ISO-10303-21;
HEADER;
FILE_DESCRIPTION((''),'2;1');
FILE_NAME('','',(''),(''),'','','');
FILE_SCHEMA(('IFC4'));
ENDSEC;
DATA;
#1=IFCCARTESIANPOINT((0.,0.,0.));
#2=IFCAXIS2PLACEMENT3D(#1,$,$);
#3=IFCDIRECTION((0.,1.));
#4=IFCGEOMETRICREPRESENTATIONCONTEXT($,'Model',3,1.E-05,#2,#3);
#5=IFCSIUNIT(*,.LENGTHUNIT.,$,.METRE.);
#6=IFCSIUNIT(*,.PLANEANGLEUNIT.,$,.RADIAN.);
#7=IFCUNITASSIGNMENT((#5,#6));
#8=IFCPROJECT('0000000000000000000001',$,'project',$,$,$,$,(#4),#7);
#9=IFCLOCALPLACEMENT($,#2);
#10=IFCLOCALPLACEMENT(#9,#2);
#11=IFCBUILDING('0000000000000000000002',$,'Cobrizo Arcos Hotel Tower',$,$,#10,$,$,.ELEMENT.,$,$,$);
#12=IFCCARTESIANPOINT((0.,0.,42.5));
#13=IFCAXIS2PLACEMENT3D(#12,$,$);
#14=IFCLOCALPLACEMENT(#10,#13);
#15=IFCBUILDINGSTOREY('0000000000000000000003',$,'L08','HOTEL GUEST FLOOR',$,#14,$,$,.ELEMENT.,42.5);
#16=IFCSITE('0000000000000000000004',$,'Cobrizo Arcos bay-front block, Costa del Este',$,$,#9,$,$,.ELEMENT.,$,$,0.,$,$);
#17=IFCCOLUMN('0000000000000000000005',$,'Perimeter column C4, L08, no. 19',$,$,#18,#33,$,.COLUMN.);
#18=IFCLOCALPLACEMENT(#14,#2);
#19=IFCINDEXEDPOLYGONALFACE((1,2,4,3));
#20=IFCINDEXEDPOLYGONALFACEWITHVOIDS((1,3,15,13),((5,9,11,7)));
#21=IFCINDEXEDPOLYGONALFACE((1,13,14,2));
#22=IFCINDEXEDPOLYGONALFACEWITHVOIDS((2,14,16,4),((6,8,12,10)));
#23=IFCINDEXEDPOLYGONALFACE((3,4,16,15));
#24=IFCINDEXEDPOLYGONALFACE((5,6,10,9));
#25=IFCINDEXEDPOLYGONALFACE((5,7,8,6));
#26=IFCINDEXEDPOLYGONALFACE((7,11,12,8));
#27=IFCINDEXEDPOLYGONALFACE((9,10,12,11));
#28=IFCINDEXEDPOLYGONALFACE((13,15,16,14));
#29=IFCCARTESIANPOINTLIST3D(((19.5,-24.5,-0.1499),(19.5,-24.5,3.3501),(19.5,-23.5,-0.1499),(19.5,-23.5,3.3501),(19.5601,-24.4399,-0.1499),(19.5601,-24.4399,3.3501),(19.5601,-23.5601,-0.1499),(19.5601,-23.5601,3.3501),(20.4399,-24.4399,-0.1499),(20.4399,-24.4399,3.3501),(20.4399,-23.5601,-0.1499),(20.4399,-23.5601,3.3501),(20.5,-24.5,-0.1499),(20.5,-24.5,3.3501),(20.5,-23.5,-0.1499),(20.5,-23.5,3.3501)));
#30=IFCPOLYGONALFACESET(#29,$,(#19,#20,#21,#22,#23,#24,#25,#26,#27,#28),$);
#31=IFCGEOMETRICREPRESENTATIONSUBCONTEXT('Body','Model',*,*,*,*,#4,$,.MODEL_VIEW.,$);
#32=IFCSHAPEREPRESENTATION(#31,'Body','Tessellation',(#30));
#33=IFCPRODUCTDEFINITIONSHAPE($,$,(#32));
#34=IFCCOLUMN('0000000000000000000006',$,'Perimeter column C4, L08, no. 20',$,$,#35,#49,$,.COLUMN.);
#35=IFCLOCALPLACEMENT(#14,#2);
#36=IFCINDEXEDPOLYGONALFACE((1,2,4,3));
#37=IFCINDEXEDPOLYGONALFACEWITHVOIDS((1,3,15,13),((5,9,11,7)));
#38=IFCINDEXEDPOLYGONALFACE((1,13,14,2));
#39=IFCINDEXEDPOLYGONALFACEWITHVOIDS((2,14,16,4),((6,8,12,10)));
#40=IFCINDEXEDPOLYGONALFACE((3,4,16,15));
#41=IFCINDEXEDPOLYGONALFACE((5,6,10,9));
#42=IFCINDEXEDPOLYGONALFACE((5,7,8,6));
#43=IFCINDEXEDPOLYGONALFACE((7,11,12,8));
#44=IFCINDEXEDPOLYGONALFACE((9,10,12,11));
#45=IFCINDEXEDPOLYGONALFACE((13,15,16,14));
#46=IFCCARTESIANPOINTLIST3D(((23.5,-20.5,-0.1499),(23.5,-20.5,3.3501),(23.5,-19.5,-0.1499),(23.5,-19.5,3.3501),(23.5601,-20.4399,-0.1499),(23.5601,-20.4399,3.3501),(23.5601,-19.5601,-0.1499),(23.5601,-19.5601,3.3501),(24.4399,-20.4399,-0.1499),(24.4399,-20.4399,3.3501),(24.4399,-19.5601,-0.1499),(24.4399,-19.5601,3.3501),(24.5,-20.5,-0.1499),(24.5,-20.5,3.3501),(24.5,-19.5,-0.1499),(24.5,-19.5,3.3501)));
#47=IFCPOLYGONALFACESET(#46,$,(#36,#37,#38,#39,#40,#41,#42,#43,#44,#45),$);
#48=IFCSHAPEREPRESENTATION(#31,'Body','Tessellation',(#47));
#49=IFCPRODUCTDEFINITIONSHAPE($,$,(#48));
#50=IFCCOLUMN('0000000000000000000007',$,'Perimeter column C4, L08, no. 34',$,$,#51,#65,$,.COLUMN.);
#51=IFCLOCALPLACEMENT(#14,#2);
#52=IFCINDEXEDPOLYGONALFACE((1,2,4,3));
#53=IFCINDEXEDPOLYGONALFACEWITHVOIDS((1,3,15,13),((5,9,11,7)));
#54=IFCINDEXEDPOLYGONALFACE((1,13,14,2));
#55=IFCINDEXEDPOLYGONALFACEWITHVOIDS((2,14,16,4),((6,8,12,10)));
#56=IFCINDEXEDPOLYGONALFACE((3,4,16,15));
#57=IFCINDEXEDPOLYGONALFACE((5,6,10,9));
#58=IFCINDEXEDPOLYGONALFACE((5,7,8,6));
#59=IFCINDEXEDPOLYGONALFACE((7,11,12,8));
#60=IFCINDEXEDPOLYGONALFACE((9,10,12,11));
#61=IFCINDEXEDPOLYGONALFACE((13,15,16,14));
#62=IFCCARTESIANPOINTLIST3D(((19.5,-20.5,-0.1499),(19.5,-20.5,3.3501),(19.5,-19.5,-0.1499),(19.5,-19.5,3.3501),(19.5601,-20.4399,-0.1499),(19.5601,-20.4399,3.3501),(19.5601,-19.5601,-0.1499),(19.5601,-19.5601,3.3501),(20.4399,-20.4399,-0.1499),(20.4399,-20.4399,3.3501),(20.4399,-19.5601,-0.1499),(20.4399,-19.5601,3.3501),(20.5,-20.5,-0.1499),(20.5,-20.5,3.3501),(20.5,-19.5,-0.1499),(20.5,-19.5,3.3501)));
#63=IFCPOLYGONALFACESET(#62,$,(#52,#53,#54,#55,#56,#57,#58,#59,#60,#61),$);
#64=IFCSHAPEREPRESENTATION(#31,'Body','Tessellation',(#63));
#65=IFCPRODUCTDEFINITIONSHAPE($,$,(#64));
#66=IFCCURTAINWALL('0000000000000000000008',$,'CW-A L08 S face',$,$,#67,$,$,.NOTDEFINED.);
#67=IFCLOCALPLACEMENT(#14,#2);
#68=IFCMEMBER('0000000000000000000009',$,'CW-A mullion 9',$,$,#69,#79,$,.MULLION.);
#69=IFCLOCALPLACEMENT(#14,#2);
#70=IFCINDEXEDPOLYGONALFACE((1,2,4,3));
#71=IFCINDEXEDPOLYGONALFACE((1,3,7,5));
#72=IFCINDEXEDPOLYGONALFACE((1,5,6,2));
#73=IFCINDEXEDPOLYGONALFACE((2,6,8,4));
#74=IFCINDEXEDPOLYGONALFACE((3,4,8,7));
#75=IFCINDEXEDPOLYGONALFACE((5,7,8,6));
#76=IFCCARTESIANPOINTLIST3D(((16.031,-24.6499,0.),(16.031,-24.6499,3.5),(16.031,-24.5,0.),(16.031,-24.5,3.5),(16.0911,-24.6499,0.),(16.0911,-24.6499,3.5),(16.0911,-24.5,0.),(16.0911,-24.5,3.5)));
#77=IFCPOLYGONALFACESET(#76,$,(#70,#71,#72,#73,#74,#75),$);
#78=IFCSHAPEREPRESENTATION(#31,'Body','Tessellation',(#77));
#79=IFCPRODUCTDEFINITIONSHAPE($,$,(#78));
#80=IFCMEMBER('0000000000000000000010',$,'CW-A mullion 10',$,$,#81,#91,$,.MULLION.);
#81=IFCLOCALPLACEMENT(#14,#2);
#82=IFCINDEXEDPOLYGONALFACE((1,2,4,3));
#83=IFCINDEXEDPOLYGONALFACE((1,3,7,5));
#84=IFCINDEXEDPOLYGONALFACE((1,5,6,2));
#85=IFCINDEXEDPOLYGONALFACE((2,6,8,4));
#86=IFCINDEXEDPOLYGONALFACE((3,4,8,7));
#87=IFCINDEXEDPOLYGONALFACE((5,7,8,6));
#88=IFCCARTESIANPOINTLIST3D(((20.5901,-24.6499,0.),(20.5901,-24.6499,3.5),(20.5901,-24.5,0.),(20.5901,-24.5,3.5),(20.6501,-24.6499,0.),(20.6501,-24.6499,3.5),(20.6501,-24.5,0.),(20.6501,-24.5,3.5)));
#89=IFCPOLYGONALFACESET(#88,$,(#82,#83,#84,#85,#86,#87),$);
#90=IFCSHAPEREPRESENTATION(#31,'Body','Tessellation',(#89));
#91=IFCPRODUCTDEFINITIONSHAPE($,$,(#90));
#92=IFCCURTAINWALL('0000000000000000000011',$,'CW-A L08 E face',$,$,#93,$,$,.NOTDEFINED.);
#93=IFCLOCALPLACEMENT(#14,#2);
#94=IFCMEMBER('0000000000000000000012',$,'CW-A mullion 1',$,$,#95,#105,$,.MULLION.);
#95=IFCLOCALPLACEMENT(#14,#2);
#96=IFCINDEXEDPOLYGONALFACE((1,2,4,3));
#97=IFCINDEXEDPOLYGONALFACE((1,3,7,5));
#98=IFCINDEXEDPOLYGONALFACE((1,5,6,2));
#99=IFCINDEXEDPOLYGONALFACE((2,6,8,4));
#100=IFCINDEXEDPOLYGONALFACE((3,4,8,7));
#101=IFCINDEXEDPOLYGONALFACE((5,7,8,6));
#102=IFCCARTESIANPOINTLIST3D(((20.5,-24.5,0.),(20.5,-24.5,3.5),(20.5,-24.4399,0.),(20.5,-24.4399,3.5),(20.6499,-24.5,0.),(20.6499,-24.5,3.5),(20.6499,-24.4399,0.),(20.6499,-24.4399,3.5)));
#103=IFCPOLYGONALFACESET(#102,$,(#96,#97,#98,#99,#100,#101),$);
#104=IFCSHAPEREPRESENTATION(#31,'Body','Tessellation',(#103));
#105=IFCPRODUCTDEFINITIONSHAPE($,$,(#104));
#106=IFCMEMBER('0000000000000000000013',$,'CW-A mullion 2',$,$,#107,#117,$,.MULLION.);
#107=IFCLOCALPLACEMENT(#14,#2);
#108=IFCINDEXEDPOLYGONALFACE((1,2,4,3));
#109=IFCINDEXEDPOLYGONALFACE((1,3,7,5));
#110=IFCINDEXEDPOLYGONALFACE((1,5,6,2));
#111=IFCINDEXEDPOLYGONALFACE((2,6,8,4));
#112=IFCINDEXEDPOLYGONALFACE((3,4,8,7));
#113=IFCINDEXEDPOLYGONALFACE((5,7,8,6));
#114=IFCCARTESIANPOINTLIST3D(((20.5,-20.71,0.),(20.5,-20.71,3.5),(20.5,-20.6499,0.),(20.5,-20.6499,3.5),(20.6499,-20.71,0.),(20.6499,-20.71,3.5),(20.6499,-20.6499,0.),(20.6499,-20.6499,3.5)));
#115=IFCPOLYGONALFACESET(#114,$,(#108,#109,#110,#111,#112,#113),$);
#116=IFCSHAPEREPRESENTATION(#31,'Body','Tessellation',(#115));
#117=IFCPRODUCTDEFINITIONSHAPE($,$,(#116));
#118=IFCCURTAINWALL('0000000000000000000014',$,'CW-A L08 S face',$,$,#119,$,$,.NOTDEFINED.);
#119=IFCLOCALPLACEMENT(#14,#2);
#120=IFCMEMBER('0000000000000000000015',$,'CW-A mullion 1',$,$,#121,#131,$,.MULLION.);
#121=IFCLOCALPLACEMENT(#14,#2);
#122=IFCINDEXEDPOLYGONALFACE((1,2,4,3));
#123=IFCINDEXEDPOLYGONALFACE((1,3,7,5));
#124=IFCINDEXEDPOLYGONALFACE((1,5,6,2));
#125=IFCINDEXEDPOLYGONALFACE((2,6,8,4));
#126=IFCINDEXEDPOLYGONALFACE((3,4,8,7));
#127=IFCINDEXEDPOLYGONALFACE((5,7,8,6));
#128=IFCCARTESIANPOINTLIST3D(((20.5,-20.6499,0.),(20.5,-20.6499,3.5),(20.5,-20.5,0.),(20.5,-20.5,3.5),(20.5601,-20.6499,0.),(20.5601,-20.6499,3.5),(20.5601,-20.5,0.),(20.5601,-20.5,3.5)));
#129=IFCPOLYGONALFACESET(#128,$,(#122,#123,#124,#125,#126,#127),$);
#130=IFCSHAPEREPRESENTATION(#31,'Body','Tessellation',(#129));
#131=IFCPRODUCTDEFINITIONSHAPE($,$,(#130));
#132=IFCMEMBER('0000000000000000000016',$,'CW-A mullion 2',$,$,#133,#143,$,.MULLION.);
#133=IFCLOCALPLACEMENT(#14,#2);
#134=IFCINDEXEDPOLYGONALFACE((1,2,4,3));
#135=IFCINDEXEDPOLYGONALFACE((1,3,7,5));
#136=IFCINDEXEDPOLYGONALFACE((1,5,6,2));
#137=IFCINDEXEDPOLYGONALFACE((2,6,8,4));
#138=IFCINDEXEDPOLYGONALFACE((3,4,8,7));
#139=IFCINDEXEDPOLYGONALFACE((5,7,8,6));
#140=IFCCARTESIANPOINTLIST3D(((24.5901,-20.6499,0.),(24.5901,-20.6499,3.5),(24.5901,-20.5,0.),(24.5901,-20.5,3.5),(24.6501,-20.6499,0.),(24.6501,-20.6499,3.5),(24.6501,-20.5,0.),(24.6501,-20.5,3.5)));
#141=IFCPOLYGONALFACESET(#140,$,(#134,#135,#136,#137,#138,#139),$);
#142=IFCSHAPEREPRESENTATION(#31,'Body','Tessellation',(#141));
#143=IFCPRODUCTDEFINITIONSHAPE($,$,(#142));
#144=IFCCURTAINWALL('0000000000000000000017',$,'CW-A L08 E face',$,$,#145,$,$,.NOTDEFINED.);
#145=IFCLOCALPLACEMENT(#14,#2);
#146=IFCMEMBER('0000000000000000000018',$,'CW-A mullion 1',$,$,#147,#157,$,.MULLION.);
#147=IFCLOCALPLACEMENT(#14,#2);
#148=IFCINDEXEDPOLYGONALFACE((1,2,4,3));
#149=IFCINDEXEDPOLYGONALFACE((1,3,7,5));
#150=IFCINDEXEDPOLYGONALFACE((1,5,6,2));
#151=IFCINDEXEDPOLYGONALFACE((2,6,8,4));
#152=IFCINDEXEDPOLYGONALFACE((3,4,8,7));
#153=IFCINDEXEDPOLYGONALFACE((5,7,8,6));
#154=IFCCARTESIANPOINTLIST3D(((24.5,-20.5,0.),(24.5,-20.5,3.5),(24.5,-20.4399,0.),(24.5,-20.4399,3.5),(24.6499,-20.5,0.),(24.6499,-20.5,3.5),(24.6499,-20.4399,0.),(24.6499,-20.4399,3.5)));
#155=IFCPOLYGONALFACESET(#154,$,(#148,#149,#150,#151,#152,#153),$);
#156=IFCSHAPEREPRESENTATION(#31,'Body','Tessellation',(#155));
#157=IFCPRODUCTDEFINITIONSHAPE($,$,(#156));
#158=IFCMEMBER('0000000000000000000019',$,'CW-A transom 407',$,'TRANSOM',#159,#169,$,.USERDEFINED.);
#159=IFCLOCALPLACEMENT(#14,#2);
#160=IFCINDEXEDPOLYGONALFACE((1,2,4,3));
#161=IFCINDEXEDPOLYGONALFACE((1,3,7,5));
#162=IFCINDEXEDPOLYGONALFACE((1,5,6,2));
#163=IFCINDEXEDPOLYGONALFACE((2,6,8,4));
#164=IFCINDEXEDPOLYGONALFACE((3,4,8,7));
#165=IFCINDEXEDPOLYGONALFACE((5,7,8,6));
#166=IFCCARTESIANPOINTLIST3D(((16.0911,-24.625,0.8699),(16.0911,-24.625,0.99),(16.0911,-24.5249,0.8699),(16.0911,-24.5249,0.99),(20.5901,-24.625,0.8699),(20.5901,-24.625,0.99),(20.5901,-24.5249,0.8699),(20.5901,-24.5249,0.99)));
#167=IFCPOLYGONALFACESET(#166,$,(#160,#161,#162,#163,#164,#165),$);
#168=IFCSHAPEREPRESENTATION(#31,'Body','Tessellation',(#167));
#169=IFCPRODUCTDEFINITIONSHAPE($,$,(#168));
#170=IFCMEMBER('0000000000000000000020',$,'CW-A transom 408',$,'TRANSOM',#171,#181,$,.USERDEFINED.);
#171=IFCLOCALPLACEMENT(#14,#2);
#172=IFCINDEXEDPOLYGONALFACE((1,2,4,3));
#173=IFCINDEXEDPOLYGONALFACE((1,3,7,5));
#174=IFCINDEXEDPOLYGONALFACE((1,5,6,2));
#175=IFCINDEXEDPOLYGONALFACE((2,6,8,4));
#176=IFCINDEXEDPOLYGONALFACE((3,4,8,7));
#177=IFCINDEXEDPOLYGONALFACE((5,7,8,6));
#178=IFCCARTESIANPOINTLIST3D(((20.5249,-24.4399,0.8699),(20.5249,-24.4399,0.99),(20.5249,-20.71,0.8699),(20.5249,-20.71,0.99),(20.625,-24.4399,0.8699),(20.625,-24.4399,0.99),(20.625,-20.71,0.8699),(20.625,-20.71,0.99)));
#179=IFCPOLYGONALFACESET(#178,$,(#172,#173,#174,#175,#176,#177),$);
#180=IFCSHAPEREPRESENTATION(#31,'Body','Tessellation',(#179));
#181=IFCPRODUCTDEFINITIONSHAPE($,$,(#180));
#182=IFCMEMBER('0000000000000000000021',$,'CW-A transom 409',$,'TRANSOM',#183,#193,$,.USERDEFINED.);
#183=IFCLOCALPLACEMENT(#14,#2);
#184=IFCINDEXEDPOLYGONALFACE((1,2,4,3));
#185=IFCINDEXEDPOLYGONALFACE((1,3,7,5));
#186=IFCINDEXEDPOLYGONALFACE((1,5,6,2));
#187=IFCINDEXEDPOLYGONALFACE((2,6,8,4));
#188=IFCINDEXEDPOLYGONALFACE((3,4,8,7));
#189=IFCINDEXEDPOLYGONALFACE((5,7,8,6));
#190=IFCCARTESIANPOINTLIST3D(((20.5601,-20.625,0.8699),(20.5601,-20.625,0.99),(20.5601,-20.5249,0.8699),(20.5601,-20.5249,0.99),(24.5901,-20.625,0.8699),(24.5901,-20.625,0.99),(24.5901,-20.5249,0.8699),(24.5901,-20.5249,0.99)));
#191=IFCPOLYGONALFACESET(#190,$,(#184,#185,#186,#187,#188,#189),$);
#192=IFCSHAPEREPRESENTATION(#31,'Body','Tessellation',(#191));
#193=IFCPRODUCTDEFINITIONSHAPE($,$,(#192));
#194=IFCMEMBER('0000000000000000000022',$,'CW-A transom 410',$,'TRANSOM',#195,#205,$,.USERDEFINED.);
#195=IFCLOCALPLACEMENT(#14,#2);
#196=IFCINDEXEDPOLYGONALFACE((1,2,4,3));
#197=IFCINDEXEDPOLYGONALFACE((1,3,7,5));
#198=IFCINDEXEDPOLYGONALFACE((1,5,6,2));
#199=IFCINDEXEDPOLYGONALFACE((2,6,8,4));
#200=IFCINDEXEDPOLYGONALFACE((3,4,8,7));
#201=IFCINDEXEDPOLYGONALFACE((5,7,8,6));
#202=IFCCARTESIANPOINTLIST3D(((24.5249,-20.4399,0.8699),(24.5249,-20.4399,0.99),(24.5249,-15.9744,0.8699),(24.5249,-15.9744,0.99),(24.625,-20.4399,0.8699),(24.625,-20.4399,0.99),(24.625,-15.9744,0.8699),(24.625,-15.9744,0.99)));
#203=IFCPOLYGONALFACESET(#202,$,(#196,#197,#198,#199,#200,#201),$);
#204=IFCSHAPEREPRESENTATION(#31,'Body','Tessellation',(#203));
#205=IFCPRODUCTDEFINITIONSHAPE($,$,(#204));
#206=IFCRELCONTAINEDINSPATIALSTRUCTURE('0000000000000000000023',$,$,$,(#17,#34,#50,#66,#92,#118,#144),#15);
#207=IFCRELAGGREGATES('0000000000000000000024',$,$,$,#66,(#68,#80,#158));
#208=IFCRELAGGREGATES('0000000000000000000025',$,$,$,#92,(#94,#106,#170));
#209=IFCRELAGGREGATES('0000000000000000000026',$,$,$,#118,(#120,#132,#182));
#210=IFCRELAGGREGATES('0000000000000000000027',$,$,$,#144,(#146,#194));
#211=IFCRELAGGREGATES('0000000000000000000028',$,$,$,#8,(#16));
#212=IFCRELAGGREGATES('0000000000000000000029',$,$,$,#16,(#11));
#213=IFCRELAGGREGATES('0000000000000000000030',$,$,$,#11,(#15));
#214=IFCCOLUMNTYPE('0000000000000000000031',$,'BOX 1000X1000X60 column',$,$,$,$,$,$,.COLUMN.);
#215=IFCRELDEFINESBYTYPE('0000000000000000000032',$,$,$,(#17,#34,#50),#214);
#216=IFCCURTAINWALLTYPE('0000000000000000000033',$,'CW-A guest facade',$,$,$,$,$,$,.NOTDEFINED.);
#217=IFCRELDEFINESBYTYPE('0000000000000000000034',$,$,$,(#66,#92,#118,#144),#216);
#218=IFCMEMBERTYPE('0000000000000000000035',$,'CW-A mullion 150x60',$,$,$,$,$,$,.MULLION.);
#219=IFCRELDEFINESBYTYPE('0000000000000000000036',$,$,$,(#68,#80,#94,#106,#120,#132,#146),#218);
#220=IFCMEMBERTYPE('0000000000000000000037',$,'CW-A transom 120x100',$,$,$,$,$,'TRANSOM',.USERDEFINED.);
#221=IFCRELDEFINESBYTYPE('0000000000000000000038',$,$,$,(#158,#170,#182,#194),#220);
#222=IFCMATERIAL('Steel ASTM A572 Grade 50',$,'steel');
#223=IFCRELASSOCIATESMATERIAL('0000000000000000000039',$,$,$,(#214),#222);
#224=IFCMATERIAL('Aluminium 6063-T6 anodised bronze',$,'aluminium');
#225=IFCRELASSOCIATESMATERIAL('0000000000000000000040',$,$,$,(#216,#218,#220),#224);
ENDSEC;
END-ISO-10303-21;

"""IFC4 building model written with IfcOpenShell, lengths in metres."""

from ifc_helpers import new_model, si_unit, direction, frame, origin, origin_2d, place, context, subcontext, project, spatial, rectangle, hollow_rectangle, extrude, material, material_profile, profile_set, type_object, element, aggregate, save


model = new_model("IFC4")

# Units and contexts
model_context = context("Model", 3, precision=1e-05, world=origin(), true_north=direction((0.0, 1.0)))
body_context = subcontext(model_context, "Body", "Model", "MODEL_VIEW")
ifc_project = project(units=[si_unit("LENGTHUNIT", "METRE"), si_unit("PLANEANGLEUNIT", "RADIAN")], contexts=[model_context])

# Site, building, storey
site_placement = place(None, origin())
site = spatial("IfcSite", under=ifc_project, at=site_placement, Name="Cobrizo Arcos bay-front block, Costa del Este", CompositionType="ELEMENT", RefElevation=0.0)
building_placement = place(site_placement, origin())
building = spatial("IfcBuilding", under=site, at=building_placement, Name="Cobrizo Arcos Hotel Tower", CompositionType="ELEMENT")
storey_placement = place(building_placement, frame((0.0, 0.0, 42.5)))
storey = spatial("IfcBuildingStorey", under=building, at=storey_placement, Name="L08", Description="HOTEL GUEST FLOOR", CompositionType="ELEMENT", Elevation=42.5)

# Columns
ifc_material_1 = material(Name="Steel ASTM A572 Grade 50", Category="steel")
ifc_material_profile_1 = material_profile(ifc_material_1, hollow_rectangle(XDim=1.0, YDim=1.0, WallThickness=0.0601, at=origin_2d()), Name="BOX 1000X1000X60")
ifc_profile_set_1 = profile_set([ifc_material_profile_1], Name="Steel ASTM A572 Grade 50")
column_type = type_object("IfcColumnType", Name="BOX 1000X1000X60 column", PredefinedType="COLUMN", material=ifc_profile_set_1)
for number, where, z_axis, x_axis, name in (
    (1, (20.0, -24.0, -0.1499), (0.0, 0.0, 1.0), (1.0, 0.0, 0.0), "Perimeter column C4, L08, no. 19"),
    (2, (24.0, -20.0, -0.1499), (0.0, 0.0, 1.0), (1.0, 0.0, 0.0), "Perimeter column C4, L08, no. 20"),
    (3, (20.0, -20.0, -0.1499), (0.0, 0.0, 1.0), (1.0, 0.0, 0.0), "Perimeter column C4, L08, no. 34"),
):
    element("IfcColumn", number, at=place(storey_placement, frame(where, z_axis=z_axis, x_axis=x_axis)), inside=storey, type_object=column_type, Name=name, PredefinedType="COLUMN", context=body_context, shape_type="SweptSolid", body=[
        extrude(hollow_rectangle(XDim=1.0, YDim=1.0, WallThickness=0.0601, at=origin_2d()), origin(), (0.0, 0.0, 1.0), 3.5),
    ])

# Curtain walls, members
ifc_material_2 = material(Name="Aluminium 6063-T6 anodised bronze", Category="aluminium")
curtain_wall_type = type_object("IfcCurtainWallType", Name="CW-A guest facade", PredefinedType="NOTDEFINED", material=ifc_material_2)
curtain_wall_1_placement = place(storey_placement, origin())
curtain_wall_1 = element("IfcCurtainWall", 4, at=curtain_wall_1_placement, inside=storey, type_object=curtain_wall_type, Name="CW-A L08 S face", PredefinedType="NOTDEFINED")
ifc_material_profile_2 = material_profile(ifc_material_2, rectangle(XDim=0.1499, YDim=0.0601, at=origin_2d()), Name="CW-A mullion 150x60")
ifc_profile_set_2 = profile_set([ifc_material_profile_2], Name="Aluminium 6063-T6 anodised bronze")
member_type_1 = type_object("IfcMemberType", Name="CW-A mullion 150x60", PredefinedType="MULLION", material=ifc_profile_set_2)
member_1_placement = place(storey_placement, frame((16.061, -24.575, 0.0), z_axis=(0.0, 0.0, 1.0), x_axis=(0.0, -1.0, 0.0)))
member_1 = element("IfcMember", 5, at=member_1_placement, type_object=member_type_1, Name="CW-A mullion 9", PredefinedType="MULLION", context=body_context, shape_type="SweptSolid", body=[
    extrude(rectangle(XDim=0.1499, YDim=0.0601, at=origin_2d()), origin(), (0.0, 0.0, 1.0), 3.5),
])
member_2_placement = place(storey_placement, frame((20.6201, -24.575, 0.0), z_axis=(0.0, 0.0, 1.0), x_axis=(0.0, -1.0, 0.0)))
member_2 = element("IfcMember", 6, at=member_2_placement, type_object=member_type_1, Name="CW-A mullion 10", PredefinedType="MULLION", context=body_context, shape_type="SweptSolid", body=[
    extrude(rectangle(XDim=0.1499, YDim=0.0601, at=origin_2d()), origin(), (0.0, 0.0, 1.0), 3.5),
])
curtain_wall_2_placement = place(storey_placement, origin())
curtain_wall_2 = element("IfcCurtainWall", 7, at=curtain_wall_2_placement, inside=storey, type_object=curtain_wall_type, Name="CW-A L08 E face", PredefinedType="NOTDEFINED")
member_3_placement = place(storey_placement, frame((20.575, -24.47, 0.0), z_axis=(0.0, 0.0, 1.0), x_axis=(1.0, 0.0, 0.0)))
member_3 = element("IfcMember", 8, at=member_3_placement, type_object=member_type_1, Name="CW-A mullion 1", PredefinedType="MULLION", context=body_context, shape_type="SweptSolid", body=[
    extrude(rectangle(XDim=0.1499, YDim=0.0601, at=origin_2d()), origin(), (0.0, 0.0, 1.0), 3.5),
])
member_4_placement = place(storey_placement, frame((20.575, -20.6799, 0.0), z_axis=(0.0, 0.0, 1.0), x_axis=(1.0, 0.0, 0.0)))
member_4 = element("IfcMember", 9, at=member_4_placement, type_object=member_type_1, Name="CW-A mullion 2", PredefinedType="MULLION", context=body_context, shape_type="SweptSolid", body=[
    extrude(rectangle(XDim=0.1499, YDim=0.0601, at=origin_2d()), origin(), (0.0, 0.0, 1.0), 3.5),
])
curtain_wall_3_placement = place(storey_placement, origin())
curtain_wall_3 = element("IfcCurtainWall", 10, at=curtain_wall_3_placement, inside=storey, type_object=curtain_wall_type, Name="CW-A L08 S face", PredefinedType="NOTDEFINED")
member_5_placement = place(storey_placement, frame((20.53, -20.575, 0.0), z_axis=(0.0, 0.0, 1.0), x_axis=(0.0, -1.0, 0.0)))
member_5 = element("IfcMember", 11, at=member_5_placement, type_object=member_type_1, Name="CW-A mullion 1", PredefinedType="MULLION", context=body_context, shape_type="SweptSolid", body=[
    extrude(rectangle(XDim=0.1499, YDim=0.0601, at=origin_2d()), origin(), (0.0, 0.0, 1.0), 3.5),
])
member_6_placement = place(storey_placement, frame((24.6201, -20.575, 0.0), z_axis=(0.0, 0.0, 1.0), x_axis=(0.0, -1.0, 0.0)))
member_6 = element("IfcMember", 12, at=member_6_placement, type_object=member_type_1, Name="CW-A mullion 2", PredefinedType="MULLION", context=body_context, shape_type="SweptSolid", body=[
    extrude(rectangle(XDim=0.1499, YDim=0.0601, at=origin_2d()), origin(), (0.0, 0.0, 1.0), 3.5),
])

# Curtain wall, member
curtain_wall_4_placement = place(storey_placement, origin())
curtain_wall_4 = element("IfcCurtainWall", 13, at=curtain_wall_4_placement, inside=storey, type_object=curtain_wall_type, Name="CW-A L08 E face", PredefinedType="NOTDEFINED")
member_7_placement = place(storey_placement, frame((24.575, -20.47, 0.0), z_axis=(0.0, 0.0, 1.0), x_axis=(1.0, 0.0, 0.0)))
member_7 = element("IfcMember", 14, at=member_7_placement, type_object=member_type_1, Name="CW-A mullion 1", PredefinedType="MULLION", context=body_context, shape_type="SweptSolid", body=[
    extrude(rectangle(XDim=0.1499, YDim=0.0601, at=origin_2d()), origin(), (0.0, 0.0, 1.0), 3.5),
])

# Members
ifc_material_profile_3 = material_profile(ifc_material_2, rectangle(XDim=0.1001, YDim=0.1201, at=origin_2d()), Name="CW-A transom 120x100")
ifc_profile_set_3 = profile_set([ifc_material_profile_3], Name="Aluminium 6063-T6 anodised bronze")
member_type_2 = type_object("IfcMemberType", Name="CW-A transom 120x100", ElementType="TRANSOM", PredefinedType="USERDEFINED", material=ifc_profile_set_3)
member_8_placement = place(storey_placement, frame((16.0911, -24.575, 0.9299), z_axis=(1.0, 0.0, 0.0), x_axis=(0.0, 1.0, 0.0)))
member_8 = element("IfcMember", 15, at=member_8_placement, type_object=member_type_2, Name="CW-A transom 407", ObjectType="TRANSOM", PredefinedType="USERDEFINED", context=body_context, shape_type="SweptSolid", body=[
    extrude(rectangle(XDim=0.1001, YDim=0.1201, at=origin_2d()), origin(), (0.0, 0.0, 1.0), 4.499),
])
member_9_placement = place(storey_placement, frame((20.575, -24.4399, 0.9299), z_axis=(0.0, 1.0, 0.0), x_axis=(-1.0, 0.0, 0.0)))
member_9 = element("IfcMember", 16, at=member_9_placement, type_object=member_type_2, Name="CW-A transom 408", ObjectType="TRANSOM", PredefinedType="USERDEFINED", context=body_context, shape_type="SweptSolid", body=[
    extrude(rectangle(XDim=0.1001, YDim=0.1201, at=origin_2d()), origin(), (0.0, 0.0, 1.0), 3.73),
])
member_10_placement = place(storey_placement, frame((20.5601, -20.575, 0.9299), z_axis=(1.0, 0.0, 0.0), x_axis=(0.0, 1.0, 0.0)))
member_10 = element("IfcMember", 17, at=member_10_placement, type_object=member_type_2, Name="CW-A transom 409", ObjectType="TRANSOM", PredefinedType="USERDEFINED", context=body_context, shape_type="SweptSolid", body=[
    extrude(rectangle(XDim=0.1001, YDim=0.1201, at=origin_2d()), origin(), (0.0, 0.0, 1.0), 4.03),
])
member_11_placement = place(storey_placement, frame((24.575, -20.4399, 0.9299), z_axis=(0.0, 1.0, 0.0), x_axis=(-1.0, 0.0, 0.0)))
member_11 = element("IfcMember", 18, at=member_11_placement, type_object=member_type_2, Name="CW-A transom 410", ObjectType="TRANSOM", PredefinedType="USERDEFINED", context=body_context, shape_type="SweptSolid", body=[
    extrude(rectangle(XDim=0.1001, YDim=0.1201, at=origin_2d()), origin(), (0.0, 0.0, 1.0), 4.4656),
])

aggregate(curtain_wall_1, [member_1, member_2, member_8])
aggregate(curtain_wall_2, [member_3, member_4, member_9])
aggregate(curtain_wall_3, [member_5, member_6, member_10])
aggregate(curtain_wall_4, [member_7, member_11])

save(model, "model.ifc")
